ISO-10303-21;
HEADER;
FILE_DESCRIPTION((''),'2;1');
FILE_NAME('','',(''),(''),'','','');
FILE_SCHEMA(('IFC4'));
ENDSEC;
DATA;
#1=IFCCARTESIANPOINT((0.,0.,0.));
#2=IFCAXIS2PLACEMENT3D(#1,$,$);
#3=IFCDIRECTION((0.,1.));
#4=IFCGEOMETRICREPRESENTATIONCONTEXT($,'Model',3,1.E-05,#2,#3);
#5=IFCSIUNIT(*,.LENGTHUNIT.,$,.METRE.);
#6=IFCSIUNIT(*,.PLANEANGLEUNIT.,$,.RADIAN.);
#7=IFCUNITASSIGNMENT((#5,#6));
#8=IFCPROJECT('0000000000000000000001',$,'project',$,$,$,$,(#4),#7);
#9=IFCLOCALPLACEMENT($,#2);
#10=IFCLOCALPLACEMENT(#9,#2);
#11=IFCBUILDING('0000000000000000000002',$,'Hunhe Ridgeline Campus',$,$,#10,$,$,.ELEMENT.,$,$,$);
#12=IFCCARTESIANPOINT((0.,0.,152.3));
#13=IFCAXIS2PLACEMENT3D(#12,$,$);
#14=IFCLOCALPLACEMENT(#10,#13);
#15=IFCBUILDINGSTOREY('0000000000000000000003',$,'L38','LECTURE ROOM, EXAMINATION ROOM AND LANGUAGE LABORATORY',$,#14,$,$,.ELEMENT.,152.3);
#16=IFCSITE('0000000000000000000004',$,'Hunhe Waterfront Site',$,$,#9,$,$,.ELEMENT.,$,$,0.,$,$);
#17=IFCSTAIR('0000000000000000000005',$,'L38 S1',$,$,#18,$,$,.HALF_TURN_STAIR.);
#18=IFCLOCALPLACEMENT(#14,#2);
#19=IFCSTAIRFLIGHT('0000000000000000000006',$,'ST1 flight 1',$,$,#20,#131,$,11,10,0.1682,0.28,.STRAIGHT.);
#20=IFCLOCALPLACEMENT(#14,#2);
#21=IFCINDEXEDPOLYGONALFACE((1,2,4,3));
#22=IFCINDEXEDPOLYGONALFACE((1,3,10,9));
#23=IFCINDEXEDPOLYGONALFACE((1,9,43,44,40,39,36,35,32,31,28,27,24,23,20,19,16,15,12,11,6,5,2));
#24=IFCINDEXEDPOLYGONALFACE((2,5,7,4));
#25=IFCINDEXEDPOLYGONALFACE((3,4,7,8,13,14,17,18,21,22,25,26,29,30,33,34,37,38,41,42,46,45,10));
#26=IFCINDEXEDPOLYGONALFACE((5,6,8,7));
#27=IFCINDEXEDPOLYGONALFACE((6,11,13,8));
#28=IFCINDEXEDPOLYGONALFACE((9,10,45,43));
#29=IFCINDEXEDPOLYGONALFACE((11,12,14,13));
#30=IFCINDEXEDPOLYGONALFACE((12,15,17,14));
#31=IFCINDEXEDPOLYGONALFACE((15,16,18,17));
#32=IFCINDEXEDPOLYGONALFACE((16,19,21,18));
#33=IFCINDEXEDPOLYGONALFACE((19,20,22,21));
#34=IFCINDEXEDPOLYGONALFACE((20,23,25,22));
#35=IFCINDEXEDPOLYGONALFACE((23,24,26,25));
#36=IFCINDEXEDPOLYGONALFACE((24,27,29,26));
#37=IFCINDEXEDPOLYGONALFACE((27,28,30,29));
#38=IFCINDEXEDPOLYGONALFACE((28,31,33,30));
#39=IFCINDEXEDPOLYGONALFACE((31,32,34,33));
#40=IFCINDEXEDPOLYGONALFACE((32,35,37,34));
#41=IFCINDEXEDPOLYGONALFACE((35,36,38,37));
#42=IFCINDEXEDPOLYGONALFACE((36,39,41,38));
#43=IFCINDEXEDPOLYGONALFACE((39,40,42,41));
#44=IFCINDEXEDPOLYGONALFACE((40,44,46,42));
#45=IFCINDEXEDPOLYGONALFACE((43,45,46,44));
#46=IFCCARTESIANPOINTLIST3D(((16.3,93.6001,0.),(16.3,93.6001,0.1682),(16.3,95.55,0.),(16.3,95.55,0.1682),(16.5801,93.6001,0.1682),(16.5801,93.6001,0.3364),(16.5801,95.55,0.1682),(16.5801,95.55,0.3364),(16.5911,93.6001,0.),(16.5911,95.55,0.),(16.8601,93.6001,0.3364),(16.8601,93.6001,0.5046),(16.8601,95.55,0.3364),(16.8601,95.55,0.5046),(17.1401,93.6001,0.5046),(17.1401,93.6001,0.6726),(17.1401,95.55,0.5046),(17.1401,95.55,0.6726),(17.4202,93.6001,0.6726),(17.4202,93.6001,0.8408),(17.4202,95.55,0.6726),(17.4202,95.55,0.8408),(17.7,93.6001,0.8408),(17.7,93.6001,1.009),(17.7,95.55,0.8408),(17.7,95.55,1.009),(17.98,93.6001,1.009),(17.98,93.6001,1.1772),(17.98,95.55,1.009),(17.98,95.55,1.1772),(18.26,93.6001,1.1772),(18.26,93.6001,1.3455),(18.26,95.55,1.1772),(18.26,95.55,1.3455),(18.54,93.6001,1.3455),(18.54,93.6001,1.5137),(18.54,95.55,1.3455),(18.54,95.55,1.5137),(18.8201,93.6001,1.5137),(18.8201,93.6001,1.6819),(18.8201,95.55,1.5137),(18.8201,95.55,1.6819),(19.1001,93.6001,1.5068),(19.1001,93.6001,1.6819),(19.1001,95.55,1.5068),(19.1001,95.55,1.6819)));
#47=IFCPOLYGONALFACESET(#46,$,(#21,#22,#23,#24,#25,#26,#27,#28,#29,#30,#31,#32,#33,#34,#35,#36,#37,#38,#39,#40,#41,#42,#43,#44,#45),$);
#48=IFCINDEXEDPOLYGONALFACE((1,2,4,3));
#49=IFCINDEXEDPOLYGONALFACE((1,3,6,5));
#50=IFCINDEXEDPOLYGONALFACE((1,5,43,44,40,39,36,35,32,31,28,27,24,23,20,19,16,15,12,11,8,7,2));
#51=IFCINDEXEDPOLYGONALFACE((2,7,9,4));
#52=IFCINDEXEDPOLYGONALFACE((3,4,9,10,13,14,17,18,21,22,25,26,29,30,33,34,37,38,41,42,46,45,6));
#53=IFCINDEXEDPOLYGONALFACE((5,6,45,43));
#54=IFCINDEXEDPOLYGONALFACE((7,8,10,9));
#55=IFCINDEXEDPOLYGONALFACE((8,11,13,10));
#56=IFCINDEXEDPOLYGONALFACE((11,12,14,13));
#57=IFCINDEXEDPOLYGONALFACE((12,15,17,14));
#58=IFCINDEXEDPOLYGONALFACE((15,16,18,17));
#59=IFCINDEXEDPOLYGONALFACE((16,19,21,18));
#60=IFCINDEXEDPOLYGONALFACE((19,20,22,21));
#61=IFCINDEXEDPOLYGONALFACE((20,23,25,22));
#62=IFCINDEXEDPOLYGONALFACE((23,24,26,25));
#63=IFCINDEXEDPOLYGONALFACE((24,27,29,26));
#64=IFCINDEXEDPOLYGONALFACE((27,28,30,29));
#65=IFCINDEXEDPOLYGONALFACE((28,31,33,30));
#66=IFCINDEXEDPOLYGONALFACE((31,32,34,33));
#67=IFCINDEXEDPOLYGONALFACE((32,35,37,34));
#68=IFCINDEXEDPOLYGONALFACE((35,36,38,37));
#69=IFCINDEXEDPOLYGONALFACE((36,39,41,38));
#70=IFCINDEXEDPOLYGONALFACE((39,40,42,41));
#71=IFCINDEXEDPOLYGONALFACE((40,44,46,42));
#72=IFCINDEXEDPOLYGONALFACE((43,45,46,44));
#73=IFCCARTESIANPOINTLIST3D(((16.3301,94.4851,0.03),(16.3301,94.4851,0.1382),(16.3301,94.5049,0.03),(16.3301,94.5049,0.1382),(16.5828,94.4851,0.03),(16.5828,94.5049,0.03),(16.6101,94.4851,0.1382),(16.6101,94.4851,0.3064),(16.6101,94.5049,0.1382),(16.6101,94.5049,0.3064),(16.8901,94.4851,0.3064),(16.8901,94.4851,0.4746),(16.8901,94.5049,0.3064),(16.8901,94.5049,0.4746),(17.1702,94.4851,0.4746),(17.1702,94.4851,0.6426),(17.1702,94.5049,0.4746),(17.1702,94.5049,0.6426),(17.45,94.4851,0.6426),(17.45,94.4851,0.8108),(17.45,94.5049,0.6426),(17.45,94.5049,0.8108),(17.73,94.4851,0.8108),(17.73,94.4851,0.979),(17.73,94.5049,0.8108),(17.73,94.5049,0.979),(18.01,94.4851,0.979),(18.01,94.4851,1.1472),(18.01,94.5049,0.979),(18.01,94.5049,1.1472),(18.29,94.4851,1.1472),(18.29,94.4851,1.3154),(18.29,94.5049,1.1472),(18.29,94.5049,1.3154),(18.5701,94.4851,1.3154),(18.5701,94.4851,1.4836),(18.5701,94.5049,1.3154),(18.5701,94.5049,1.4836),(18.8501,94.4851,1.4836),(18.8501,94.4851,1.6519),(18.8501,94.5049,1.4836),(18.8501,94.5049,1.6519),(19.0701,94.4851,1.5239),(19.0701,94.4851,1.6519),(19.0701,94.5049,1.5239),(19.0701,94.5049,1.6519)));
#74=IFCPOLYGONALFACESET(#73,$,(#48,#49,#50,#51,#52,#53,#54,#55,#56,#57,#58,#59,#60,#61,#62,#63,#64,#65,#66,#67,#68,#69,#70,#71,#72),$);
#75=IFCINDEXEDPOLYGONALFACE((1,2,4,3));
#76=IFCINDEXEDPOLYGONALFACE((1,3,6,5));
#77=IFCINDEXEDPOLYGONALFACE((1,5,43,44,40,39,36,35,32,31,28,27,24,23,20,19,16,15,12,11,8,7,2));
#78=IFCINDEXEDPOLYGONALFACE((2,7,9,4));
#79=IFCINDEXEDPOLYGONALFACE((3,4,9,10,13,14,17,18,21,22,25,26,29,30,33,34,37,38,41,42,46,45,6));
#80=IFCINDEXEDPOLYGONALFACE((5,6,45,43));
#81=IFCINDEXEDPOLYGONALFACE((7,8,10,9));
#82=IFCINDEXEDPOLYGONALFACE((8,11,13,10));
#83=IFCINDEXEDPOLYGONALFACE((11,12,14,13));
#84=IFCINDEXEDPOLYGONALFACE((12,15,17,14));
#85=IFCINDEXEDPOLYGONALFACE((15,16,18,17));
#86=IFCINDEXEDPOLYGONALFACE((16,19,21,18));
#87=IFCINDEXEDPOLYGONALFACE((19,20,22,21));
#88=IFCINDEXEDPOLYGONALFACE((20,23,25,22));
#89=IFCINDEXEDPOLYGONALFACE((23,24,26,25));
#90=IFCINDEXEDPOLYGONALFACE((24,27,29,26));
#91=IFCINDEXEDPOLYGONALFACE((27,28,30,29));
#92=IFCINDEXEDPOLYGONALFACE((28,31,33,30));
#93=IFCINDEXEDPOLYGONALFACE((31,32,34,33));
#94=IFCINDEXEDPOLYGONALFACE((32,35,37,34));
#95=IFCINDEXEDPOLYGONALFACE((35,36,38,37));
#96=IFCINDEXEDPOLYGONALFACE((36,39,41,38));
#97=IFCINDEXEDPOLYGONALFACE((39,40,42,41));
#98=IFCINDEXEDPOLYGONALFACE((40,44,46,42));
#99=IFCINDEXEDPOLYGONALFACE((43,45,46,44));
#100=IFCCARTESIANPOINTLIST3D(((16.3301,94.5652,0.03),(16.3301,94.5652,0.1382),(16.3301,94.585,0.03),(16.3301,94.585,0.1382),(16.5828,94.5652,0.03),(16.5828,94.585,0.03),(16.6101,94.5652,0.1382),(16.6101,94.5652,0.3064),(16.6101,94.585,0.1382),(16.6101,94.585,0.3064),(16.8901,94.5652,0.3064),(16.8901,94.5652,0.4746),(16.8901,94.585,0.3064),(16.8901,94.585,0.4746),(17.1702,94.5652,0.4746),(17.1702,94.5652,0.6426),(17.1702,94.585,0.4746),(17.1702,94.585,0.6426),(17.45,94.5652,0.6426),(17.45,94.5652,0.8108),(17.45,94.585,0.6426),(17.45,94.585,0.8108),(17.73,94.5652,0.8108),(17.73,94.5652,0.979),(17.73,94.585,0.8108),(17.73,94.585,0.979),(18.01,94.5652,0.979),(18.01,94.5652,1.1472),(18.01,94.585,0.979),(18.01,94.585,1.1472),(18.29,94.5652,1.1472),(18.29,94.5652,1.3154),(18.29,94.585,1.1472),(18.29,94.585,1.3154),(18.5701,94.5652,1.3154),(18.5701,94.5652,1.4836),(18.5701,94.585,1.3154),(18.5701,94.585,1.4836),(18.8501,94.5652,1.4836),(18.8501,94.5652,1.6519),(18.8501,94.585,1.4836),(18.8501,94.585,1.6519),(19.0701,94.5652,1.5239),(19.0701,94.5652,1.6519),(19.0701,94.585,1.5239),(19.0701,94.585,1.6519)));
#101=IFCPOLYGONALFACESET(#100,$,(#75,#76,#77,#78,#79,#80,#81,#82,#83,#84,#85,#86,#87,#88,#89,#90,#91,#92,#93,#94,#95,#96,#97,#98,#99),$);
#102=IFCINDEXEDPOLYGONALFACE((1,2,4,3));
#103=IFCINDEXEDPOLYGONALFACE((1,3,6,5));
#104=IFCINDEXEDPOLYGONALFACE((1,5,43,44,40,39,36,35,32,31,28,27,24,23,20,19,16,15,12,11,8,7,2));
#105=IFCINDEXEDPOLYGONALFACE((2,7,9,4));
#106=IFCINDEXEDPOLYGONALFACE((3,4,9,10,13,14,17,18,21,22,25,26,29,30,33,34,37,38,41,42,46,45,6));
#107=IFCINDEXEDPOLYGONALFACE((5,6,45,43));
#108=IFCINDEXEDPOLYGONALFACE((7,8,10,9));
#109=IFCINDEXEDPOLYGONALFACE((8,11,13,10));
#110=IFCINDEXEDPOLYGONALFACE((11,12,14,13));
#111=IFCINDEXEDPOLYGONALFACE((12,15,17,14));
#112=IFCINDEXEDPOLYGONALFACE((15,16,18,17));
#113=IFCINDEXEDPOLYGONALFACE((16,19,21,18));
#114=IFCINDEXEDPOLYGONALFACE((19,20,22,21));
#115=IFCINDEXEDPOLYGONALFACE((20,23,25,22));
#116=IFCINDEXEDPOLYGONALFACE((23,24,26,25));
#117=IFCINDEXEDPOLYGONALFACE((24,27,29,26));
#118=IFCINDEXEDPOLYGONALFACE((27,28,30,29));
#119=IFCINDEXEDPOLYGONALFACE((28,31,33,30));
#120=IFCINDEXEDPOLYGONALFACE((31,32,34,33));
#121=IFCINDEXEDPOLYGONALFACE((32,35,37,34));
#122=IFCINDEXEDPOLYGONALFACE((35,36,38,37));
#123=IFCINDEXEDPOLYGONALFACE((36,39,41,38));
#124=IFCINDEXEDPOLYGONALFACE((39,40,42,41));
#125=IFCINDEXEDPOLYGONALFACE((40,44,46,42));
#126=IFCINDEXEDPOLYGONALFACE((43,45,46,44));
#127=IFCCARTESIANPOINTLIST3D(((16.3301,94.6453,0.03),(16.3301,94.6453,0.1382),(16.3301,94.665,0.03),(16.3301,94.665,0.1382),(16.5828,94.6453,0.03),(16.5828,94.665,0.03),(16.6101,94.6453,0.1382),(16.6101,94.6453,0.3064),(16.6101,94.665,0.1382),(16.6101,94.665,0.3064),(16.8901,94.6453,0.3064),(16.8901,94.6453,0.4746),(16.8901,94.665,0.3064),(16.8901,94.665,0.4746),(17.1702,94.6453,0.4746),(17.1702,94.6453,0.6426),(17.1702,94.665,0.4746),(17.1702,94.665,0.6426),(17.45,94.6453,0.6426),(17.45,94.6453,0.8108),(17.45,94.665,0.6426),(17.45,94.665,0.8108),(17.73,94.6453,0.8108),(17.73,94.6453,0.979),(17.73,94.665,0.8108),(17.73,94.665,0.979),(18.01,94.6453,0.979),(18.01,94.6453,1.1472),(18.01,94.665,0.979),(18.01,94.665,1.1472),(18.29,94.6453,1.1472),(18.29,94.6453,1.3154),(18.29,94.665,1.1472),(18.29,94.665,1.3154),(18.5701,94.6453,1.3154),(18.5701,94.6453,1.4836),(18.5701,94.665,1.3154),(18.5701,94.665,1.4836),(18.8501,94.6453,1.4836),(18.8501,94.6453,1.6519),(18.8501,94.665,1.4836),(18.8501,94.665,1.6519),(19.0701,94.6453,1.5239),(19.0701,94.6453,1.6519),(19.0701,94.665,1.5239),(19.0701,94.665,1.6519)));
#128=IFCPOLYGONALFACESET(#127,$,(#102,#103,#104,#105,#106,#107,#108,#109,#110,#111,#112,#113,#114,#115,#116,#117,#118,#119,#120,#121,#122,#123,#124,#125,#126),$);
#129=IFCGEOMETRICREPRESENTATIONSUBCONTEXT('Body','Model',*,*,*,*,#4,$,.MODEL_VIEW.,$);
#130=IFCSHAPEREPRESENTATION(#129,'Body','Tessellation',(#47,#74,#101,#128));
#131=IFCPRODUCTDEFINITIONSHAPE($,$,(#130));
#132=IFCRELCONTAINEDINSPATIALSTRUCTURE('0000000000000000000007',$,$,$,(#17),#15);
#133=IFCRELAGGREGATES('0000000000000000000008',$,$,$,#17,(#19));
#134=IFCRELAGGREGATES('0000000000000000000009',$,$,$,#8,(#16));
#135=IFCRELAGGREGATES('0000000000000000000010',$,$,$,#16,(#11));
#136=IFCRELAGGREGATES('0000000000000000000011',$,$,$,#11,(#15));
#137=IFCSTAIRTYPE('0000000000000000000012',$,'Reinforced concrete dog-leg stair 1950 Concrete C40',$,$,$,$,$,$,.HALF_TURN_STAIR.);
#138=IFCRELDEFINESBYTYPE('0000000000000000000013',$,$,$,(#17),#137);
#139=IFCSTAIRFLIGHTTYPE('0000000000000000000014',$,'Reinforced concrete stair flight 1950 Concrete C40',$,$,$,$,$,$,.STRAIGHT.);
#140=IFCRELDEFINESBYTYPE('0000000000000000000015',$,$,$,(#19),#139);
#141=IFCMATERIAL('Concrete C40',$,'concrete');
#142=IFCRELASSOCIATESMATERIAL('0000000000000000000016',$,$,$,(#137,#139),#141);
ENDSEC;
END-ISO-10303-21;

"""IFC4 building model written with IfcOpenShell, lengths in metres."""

from ifc_helpers import new_model, si_unit, direction, frame, origin, place, context, subcontext, project, spatial, polyline, outline, extrude, material, type_object, element, aggregate, save


model = new_model("IFC4")

# Units and contexts
model_context = context("Model", 3, precision=1e-05, world=origin(), true_north=direction((0.0, 1.0)))
body_context = subcontext(model_context, "Body", "Model", "MODEL_VIEW")
ifc_project = project(units=[si_unit("LENGTHUNIT", "METRE"), si_unit("PLANEANGLEUNIT", "RADIAN")], contexts=[model_context])

# Site, building, storey
site_placement = place(None, origin())
site = spatial("IfcSite", under=ifc_project, at=site_placement, Name="Hunhe Waterfront Site", CompositionType="ELEMENT", RefElevation=0.0)
building_placement = place(site_placement, origin())
building = spatial("IfcBuilding", under=site, at=building_placement, Name="Hunhe Ridgeline Campus", CompositionType="ELEMENT")
storey_placement = place(building_placement, frame((0.0, 0.0, 152.3)))
storey = spatial("IfcBuildingStorey", under=building, at=storey_placement, Name="L38", Description="LECTURE ROOM, EXAMINATION ROOM AND LANGUAGE LABORATORY", CompositionType="ELEMENT", Elevation=152.3)

# Stair, stair flight
ifc_material_1 = material(Name="Concrete C40", Category="concrete")
stair_type = type_object("IfcStairType", Name="Reinforced concrete dog-leg stair 1950 Concrete C40", PredefinedType="HALF_TURN_STAIR", material=ifc_material_1)
stair_1_placement = place(storey_placement, origin())
stair_1 = element("IfcStair", 1, at=stair_1_placement, inside=storey, type_object=stair_type, Name="L38 S1", PredefinedType="HALF_TURN_STAIR")
stair_flight_type = type_object("IfcStairFlightType", Name="Reinforced concrete stair flight 1950 Concrete C40", PredefinedType="STRAIGHT", material=ifc_material_1)
stair_flight_1_placement = place(storey_placement, frame((16.3, 94.575, 0.0), z_axis=(0.0, 0.0, 1.0), x_axis=(1.0, 0.0, 0.0)))
stair_flight_1 = element("IfcStairFlight", 2, at=stair_flight_1_placement, type_object=stair_flight_type, Name="ST1 flight 1", NumberOfRisers=11, NumberOfTreads=10, PredefinedType="STRAIGHT", RiserHeight=0.1682, TreadLength=0.28, context=body_context, shape_type="SweptSolid", body=[
    extrude(outline(polyline([(0.0, 0.0), (0.0, 0.1682), (0.28, 0.1682), (0.28, 0.3364), (0.5601, 0.3364), (0.5601, 0.5046), (0.8401, 0.5046), (0.8401, 0.6726), (1.1201, 0.6726), (1.1201, 0.8408), (1.3999, 0.8408), (1.3999, 1.009), (1.6799, 1.009), (1.6799, 1.1772), (1.96, 1.1772), (1.96, 1.3455), (2.24, 1.3455), (2.24, 1.5137), (2.52, 1.5137), (2.52, 1.6819), (2.8, 1.6819), (2.8, 1.8501), (2.8, 1.5068), (0.291, 0.0), (0.0, 0.0)])), frame((0.0, 0.9751, 0.0), z_axis=(0.0, -1.0, 0.0), x_axis=(1.0, 0.0, 0.0)), (0.0, 0.0, 1.0), 1.95),
    extrude(outline(polyline([(0.03, 0.03), (0.03, 0.1382), (0.3101, 0.1382), (0.3101, 0.3064), (0.5901, 0.3064), (0.5901, 0.4746), (0.8701, 0.4746), (0.8701, 0.6426), (1.1499, 0.6426), (1.1499, 0.8108), (1.4299, 0.8108), (1.4299, 0.979), (1.71, 0.979), (1.71, 1.1472), (1.99, 1.1472), (1.99, 1.3154), (2.27, 1.3154), (2.27, 1.4836), (2.55, 1.4836), (2.55, 1.6519), (2.77, 1.6519), (2.77, 1.5239), (0.2827, 0.03), (0.03, 0.03)])), frame((0.0, -0.0701, 0.0), z_axis=(0.0, -1.0, 0.0), x_axis=(1.0, 0.0, 0.0)), (0.0, 0.0, 1.0), 0.0198),
    extrude(outline(polyline([(0.03, 0.03), (0.03, 0.1382), (0.3101, 0.1382), (0.3101, 0.3064), (0.5901, 0.3064), (0.5901, 0.4746), (0.8701, 0.4746), (0.8701, 0.6426), (1.1499, 0.6426), (1.1499, 0.8108), (1.4299, 0.8108), (1.4299, 0.979), (1.71, 0.979), (1.71, 1.1472), (1.99, 1.1472), (1.99, 1.3154), (2.27, 1.3154), (2.27, 1.4836), (2.55, 1.4836), (2.55, 1.6519), (2.77, 1.6519), (2.77, 1.5239), (0.2827, 0.03), (0.03, 0.03)])), frame((0.0, 0.01, 0.0), z_axis=(0.0, -1.0, 0.0), x_axis=(1.0, 0.0, 0.0)), (0.0, 0.0, 1.0), 0.0198),
    extrude(outline(polyline([(0.03, 0.03), (0.03, 0.1382), (0.3101, 0.1382), (0.3101, 0.3064), (0.5901, 0.3064), (0.5901, 0.4746), (0.8701, 0.4746), (0.8701, 0.6426), (1.1499, 0.6426), (1.1499, 0.8108), (1.4299, 0.8108), (1.4299, 0.979), (1.71, 0.979), (1.71, 1.1472), (1.99, 1.1472), (1.99, 1.3154), (2.27, 1.3154), (2.27, 1.4836), (2.55, 1.4836), (2.55, 1.6519), (2.77, 1.6519), (2.77, 1.5239), (0.2827, 0.03), (0.03, 0.03)])), frame((0.0, 0.0901, 0.0), z_axis=(0.0, -1.0, 0.0), x_axis=(1.0, 0.0, 0.0)), (0.0, 0.0, 1.0), 0.0198),
])
aggregate(stair_1, [stair_flight_1])

save(model, "model.ifc")
